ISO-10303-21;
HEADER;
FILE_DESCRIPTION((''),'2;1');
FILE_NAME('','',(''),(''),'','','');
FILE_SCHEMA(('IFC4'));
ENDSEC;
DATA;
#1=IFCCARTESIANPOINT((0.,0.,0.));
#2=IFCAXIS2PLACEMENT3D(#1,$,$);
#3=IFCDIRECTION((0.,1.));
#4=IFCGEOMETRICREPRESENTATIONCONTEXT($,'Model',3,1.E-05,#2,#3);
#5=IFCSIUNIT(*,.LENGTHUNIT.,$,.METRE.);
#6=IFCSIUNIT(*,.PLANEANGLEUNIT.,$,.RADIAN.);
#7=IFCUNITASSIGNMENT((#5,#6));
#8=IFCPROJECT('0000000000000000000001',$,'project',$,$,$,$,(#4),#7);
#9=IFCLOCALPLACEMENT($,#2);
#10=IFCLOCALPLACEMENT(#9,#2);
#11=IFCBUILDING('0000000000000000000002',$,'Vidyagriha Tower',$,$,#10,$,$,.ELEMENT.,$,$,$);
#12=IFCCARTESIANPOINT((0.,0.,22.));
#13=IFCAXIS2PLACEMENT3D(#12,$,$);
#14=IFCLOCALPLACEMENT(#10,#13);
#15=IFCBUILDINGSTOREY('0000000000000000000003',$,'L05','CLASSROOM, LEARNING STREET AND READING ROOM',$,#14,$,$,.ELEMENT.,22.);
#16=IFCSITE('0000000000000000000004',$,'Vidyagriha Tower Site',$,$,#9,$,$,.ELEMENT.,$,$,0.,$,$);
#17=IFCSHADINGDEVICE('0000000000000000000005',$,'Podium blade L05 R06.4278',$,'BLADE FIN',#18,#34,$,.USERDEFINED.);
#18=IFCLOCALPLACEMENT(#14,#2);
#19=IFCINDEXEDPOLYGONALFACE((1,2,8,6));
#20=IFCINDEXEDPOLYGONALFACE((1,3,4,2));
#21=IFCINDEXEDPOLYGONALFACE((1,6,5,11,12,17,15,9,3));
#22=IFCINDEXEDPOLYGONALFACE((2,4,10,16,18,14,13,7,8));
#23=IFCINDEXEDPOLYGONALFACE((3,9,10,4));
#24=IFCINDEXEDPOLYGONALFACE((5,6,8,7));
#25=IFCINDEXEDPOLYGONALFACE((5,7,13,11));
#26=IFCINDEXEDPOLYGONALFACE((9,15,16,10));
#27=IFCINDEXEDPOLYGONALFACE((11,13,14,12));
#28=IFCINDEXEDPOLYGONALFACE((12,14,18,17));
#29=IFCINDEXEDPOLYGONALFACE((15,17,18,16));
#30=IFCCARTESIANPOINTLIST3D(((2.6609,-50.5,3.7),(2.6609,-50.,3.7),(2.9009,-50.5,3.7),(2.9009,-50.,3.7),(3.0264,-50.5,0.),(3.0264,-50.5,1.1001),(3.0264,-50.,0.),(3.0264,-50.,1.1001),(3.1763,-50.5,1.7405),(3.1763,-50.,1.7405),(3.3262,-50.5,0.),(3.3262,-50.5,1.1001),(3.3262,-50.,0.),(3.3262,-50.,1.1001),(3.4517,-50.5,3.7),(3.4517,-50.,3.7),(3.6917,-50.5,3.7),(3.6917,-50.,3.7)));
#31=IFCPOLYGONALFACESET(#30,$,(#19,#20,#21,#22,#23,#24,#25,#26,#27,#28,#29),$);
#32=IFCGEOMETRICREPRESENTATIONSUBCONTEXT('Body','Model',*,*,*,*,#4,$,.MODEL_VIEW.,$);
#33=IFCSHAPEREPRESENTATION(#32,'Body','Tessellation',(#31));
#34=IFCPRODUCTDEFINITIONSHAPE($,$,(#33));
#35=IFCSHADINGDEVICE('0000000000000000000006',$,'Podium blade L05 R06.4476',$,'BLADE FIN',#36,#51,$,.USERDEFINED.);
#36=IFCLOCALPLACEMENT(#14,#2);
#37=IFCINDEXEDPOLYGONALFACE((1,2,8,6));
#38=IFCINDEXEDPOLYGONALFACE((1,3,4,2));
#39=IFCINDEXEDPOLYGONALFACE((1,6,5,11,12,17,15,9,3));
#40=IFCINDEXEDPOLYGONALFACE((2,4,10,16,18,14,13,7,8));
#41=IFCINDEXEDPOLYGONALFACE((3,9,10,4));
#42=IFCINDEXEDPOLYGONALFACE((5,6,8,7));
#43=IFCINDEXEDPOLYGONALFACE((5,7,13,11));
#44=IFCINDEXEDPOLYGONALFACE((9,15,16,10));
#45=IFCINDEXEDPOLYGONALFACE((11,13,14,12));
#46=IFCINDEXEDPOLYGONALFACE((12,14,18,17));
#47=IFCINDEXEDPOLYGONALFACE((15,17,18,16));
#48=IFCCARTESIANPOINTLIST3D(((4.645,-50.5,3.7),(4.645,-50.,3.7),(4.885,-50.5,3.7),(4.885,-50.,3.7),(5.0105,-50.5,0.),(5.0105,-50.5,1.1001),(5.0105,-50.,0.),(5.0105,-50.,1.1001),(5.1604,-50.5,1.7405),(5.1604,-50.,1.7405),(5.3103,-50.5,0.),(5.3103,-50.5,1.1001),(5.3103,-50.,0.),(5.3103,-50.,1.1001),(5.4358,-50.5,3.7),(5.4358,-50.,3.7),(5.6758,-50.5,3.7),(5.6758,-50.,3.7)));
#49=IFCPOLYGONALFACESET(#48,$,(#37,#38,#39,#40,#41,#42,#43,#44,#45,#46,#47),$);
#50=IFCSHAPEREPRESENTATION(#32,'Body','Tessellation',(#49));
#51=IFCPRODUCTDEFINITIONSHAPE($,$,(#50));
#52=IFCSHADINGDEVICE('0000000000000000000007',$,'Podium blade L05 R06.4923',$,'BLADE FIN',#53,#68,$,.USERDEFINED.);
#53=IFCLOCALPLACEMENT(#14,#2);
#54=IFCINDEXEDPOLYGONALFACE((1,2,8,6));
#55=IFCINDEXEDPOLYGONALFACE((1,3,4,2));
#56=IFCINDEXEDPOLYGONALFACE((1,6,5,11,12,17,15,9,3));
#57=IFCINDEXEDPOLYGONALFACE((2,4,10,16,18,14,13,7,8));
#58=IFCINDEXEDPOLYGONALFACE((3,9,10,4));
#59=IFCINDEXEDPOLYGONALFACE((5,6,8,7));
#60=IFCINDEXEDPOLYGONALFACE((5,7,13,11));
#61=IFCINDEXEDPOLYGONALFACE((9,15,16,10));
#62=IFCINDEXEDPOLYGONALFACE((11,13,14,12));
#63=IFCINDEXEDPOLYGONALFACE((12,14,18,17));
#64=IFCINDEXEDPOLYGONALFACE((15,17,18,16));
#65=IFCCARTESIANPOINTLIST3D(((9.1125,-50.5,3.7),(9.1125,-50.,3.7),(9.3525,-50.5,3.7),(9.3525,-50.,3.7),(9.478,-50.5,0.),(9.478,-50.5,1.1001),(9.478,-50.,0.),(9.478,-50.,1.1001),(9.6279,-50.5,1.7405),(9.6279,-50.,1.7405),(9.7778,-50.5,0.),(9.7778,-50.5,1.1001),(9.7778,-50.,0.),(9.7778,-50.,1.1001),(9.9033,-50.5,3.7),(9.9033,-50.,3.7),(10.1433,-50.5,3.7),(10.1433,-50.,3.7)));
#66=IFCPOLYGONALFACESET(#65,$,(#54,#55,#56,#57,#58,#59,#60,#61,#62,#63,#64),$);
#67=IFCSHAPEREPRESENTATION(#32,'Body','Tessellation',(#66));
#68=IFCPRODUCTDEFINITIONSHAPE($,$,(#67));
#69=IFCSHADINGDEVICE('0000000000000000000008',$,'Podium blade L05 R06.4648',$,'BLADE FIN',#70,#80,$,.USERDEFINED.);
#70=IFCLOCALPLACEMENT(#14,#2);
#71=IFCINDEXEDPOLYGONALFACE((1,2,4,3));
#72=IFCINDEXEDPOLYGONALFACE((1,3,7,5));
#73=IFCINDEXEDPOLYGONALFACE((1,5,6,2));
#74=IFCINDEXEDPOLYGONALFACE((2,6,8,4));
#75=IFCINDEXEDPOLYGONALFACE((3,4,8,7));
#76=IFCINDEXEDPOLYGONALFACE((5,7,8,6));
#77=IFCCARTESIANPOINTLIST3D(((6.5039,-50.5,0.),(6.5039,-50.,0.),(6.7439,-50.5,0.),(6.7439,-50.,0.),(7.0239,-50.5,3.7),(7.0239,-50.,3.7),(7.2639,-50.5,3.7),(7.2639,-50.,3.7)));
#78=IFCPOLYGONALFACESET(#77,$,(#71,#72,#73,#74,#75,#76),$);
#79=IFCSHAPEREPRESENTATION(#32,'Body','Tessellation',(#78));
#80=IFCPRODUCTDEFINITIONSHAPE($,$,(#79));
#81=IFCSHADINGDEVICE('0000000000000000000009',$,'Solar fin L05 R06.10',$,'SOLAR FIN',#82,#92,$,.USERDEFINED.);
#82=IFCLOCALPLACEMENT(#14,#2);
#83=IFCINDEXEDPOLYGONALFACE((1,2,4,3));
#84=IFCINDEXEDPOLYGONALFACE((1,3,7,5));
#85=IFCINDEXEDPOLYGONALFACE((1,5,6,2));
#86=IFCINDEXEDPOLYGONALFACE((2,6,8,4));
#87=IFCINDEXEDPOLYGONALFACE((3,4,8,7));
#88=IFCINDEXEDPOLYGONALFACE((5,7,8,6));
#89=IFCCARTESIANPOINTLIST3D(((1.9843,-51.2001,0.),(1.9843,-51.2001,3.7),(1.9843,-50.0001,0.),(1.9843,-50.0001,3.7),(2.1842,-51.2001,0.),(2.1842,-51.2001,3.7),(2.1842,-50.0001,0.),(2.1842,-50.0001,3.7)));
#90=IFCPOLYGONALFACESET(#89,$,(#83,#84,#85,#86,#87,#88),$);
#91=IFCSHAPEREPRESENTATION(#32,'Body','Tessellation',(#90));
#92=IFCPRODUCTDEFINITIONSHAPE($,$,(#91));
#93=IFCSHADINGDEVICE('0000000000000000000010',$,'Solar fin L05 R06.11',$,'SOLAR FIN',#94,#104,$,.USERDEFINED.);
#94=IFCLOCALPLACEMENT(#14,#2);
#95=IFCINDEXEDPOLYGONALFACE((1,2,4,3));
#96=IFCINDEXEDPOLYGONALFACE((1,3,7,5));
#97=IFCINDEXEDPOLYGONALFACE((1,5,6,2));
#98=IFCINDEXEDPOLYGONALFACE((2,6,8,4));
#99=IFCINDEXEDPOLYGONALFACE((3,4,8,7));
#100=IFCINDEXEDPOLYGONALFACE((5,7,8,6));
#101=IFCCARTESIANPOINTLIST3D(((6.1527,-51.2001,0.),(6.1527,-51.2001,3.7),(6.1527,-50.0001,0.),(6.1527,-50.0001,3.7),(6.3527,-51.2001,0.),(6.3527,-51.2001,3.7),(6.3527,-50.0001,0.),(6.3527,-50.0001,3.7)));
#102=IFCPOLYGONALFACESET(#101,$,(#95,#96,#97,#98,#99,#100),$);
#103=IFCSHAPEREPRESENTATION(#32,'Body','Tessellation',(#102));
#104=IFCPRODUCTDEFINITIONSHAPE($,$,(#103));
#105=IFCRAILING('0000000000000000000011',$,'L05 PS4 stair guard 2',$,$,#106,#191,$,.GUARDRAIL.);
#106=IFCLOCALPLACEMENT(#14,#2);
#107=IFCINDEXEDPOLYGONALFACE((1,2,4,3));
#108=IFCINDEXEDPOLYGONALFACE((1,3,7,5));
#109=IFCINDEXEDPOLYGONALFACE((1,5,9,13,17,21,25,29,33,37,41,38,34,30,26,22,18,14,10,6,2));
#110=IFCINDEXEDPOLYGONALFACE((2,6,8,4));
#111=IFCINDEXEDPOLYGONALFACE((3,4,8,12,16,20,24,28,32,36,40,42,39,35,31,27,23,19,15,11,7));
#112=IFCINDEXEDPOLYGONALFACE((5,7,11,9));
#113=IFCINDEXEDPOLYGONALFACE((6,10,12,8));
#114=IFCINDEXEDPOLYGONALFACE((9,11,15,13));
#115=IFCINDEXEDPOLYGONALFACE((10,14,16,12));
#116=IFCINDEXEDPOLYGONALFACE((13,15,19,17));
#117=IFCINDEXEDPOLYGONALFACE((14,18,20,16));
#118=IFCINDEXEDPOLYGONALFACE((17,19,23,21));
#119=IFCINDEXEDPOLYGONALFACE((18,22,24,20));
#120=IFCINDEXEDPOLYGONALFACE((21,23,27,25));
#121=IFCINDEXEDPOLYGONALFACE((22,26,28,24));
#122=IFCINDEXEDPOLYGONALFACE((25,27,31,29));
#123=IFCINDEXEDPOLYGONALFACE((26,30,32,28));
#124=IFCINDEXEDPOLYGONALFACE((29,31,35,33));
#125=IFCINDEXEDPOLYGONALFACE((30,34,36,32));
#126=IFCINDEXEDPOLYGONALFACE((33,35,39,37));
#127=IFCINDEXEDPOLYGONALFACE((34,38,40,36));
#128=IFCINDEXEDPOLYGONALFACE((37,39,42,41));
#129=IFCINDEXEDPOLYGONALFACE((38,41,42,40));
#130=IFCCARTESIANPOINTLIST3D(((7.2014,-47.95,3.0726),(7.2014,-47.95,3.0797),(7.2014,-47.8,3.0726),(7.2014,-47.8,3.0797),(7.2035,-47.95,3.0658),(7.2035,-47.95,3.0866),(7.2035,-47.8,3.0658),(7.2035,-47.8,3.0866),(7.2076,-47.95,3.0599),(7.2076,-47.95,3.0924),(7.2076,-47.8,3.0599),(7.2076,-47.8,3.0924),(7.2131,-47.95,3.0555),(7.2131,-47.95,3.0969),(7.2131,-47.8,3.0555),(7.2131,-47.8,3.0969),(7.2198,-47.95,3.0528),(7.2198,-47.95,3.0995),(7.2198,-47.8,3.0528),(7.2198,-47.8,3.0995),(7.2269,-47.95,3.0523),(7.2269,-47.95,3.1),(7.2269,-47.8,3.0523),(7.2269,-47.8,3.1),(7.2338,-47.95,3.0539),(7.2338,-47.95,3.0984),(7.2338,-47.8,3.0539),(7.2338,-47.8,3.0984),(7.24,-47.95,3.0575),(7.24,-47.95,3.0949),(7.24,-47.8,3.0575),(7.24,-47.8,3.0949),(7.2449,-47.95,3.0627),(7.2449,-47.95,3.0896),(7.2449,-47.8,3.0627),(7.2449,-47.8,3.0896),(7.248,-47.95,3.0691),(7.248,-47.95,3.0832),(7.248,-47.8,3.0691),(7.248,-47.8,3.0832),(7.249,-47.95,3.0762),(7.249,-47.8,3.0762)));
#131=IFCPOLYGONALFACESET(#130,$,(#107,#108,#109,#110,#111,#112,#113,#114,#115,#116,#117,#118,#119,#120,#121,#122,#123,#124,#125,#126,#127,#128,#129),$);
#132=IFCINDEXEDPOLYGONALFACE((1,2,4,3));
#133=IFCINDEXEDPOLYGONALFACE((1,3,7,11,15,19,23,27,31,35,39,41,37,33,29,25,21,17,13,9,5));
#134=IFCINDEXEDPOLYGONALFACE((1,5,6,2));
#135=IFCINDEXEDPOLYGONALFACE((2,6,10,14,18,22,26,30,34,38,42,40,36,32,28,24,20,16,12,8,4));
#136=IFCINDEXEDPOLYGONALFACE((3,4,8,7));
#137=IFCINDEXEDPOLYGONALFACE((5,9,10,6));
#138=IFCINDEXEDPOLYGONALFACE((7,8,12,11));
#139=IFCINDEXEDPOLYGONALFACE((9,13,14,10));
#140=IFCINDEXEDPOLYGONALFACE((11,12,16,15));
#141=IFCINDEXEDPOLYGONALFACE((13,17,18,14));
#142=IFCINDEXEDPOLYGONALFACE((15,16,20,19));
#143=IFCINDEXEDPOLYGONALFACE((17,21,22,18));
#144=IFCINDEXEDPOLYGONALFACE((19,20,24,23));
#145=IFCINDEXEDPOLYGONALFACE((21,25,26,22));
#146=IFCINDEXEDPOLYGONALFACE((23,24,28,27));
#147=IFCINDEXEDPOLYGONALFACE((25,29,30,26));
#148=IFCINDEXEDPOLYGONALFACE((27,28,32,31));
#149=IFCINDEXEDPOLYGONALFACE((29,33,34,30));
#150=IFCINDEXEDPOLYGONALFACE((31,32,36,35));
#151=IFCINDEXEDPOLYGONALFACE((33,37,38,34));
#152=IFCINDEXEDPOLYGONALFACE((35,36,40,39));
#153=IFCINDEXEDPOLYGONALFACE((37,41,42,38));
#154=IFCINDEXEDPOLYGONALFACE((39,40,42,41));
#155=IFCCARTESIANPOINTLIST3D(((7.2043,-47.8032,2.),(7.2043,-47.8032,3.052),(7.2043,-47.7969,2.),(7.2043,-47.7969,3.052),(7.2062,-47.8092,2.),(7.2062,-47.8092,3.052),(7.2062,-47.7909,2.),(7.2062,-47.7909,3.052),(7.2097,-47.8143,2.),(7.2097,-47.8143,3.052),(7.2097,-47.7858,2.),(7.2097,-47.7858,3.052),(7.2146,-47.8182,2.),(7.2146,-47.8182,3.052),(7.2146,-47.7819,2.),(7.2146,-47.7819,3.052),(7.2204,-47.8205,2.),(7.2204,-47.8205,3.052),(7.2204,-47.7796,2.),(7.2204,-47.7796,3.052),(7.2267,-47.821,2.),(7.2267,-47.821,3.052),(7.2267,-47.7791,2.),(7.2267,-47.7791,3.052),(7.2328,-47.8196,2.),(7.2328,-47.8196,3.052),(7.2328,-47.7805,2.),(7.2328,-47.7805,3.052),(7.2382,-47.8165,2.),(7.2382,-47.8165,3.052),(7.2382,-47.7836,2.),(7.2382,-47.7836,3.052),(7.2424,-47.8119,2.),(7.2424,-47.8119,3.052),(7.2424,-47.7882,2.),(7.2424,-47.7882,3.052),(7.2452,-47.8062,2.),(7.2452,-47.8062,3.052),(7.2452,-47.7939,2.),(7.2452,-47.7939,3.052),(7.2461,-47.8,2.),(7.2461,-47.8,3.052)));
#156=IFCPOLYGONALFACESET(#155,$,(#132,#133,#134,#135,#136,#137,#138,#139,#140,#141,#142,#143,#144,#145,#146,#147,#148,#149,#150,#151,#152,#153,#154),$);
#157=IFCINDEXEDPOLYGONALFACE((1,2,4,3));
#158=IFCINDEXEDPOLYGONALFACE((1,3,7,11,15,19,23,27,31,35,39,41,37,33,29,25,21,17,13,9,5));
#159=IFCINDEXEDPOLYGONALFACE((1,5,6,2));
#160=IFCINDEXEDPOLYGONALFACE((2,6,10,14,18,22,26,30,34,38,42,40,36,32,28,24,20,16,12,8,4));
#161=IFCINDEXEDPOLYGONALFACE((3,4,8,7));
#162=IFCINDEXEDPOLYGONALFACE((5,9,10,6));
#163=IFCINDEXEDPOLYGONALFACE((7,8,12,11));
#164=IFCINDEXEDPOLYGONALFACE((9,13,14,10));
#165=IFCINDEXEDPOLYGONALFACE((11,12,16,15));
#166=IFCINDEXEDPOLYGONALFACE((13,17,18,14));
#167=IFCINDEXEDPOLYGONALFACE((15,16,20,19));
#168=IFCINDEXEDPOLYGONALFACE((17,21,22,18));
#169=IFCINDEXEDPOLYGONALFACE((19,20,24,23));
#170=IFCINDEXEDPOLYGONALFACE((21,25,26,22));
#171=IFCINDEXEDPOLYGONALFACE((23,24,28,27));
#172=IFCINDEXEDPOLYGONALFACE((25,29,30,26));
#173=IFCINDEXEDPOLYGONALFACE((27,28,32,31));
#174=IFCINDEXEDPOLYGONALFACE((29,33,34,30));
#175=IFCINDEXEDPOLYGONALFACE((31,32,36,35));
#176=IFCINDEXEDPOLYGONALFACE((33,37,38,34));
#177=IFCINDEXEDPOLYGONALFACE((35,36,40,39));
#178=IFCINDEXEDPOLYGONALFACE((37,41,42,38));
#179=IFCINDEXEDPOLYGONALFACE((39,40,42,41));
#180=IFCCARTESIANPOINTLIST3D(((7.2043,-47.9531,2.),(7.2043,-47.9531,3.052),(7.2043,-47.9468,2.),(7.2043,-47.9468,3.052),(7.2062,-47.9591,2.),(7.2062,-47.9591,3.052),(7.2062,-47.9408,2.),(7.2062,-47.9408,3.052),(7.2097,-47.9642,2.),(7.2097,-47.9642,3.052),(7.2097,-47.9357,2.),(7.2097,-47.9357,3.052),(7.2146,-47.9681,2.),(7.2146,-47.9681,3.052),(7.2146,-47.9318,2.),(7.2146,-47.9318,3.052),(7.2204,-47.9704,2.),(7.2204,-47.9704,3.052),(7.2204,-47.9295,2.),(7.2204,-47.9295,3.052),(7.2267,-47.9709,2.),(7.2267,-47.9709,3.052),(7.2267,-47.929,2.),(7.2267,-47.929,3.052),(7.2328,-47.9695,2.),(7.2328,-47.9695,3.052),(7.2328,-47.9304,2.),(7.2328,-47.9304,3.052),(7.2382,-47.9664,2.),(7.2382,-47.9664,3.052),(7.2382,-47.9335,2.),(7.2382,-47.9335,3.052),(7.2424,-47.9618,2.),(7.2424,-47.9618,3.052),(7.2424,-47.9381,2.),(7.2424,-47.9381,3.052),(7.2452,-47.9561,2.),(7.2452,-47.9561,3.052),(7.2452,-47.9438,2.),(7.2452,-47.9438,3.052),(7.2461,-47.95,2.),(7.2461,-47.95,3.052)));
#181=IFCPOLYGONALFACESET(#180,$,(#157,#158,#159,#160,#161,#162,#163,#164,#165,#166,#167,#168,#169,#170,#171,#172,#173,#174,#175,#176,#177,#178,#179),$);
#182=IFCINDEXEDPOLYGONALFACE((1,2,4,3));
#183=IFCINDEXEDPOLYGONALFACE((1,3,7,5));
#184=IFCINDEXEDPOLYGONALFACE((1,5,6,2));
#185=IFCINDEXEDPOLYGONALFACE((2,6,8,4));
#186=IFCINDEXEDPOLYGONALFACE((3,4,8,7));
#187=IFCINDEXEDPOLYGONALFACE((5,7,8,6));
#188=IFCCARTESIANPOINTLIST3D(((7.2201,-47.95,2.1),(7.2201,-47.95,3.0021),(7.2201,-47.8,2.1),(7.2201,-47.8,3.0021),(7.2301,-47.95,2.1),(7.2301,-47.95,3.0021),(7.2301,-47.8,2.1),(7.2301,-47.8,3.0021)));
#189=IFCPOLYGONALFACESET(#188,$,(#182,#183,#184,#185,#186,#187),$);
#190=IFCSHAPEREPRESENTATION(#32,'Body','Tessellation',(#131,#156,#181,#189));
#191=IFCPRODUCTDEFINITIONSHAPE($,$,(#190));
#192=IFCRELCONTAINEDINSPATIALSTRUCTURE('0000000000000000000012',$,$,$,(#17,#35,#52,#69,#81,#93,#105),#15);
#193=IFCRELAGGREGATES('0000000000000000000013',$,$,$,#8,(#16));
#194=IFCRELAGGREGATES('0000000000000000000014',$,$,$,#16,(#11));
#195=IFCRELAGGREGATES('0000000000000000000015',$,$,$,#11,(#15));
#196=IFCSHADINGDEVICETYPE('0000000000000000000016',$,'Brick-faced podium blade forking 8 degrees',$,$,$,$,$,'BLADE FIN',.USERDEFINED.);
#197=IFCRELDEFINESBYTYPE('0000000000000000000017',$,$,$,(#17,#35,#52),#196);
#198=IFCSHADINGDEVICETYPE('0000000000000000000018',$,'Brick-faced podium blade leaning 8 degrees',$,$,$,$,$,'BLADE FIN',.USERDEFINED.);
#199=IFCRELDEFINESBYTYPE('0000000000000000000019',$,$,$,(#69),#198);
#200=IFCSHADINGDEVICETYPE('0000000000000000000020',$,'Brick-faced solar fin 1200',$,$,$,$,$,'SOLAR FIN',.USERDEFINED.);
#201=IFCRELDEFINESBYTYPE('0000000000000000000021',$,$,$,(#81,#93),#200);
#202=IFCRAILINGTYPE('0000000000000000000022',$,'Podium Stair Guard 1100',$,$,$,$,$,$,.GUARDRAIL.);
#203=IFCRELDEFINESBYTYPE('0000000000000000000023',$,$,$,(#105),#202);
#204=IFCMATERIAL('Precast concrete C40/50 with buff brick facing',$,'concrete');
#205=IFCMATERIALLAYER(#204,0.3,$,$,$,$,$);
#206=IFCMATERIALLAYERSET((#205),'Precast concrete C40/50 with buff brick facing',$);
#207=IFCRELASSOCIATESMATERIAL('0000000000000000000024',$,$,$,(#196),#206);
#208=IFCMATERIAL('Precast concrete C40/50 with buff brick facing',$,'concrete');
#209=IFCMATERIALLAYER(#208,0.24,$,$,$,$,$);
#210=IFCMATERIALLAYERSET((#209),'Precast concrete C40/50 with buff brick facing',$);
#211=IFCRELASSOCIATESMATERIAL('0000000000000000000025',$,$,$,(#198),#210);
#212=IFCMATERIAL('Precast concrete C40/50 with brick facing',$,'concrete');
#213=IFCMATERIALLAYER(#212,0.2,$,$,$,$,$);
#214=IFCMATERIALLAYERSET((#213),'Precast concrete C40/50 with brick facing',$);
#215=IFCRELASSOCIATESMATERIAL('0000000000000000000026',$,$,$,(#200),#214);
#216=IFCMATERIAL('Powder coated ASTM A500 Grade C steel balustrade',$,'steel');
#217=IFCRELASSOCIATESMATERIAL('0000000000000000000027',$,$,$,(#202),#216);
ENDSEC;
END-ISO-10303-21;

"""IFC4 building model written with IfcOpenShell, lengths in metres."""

from ifc_helpers import new_model, si_unit, direction, frame, frame_2d, origin, origin_2d, place, context, subcontext, project, spatial, polyline, rectangle, circle, outline, extrude, material, layer, layer_set, type_object, element, save


model = new_model("IFC4")

# Units and contexts
model_context = context("Model", 3, precision=1e-05, world=origin(), true_north=direction((0.0, 1.0)))
body_context = subcontext(model_context, "Body", "Model", "MODEL_VIEW")
ifc_project = project(units=[si_unit("LENGTHUNIT", "METRE"), si_unit("PLANEANGLEUNIT", "RADIAN")], contexts=[model_context])

# Site, building, storey
site_placement = place(None, origin())
site = spatial("IfcSite", under=ifc_project, at=site_placement, Name="Vidyagriha Tower Site", CompositionType="ELEMENT", RefElevation=0.0)
building_placement = place(site_placement, origin())
building = spatial("IfcBuilding", under=site, at=building_placement, Name="Vidyagriha Tower", CompositionType="ELEMENT")
storey_placement = place(building_placement, frame((0.0, 0.0, 22.0)))
storey = spatial("IfcBuildingStorey", under=building, at=storey_placement, Name="L05", Description="CLASSROOM, LEARNING STREET AND READING ROOM", CompositionType="ELEMENT", Elevation=22.0)

# Shading devices
ifc_material_1 = material(Name="Precast concrete C40/50 with buff brick facing", Category="concrete")
ifc_layer_1 = layer(ifc_material_1, 0.3)
ifc_layer_set_1 = layer_set([ifc_layer_1], Name="Precast concrete C40/50 with buff brick facing")
shading_device_type_1 = type_object("IfcShadingDeviceType", Name="Brick-faced podium blade forking 8 degrees", ElementType="BLADE FIN", PredefinedType="USERDEFINED", material=ifc_layer_set_1)
for number, where, name in (
    (1, (2.6609, -50.25, 0.0), "Podium blade L05 R06.4278"),
    (2, (4.645, -50.25, 0.0), "Podium blade L05 R06.4476"),
    (3, (9.1125, -50.25, 0.0), "Podium blade L05 R06.4923"),
):
    element("IfcShadingDevice", number, at=place(storey_placement, frame(where)), inside=storey, type_object=shading_device_type_1, Name=name, ObjectType="BLADE FIN", PredefinedType="USERDEFINED", context=body_context, shape_type="SweptSolid", body=[
        extrude(outline(polyline([(0.6653, 0.0), (0.6653, 1.1001), (1.0308, 3.7), (0.7908, 3.7), (0.5154, 1.7405), (0.24, 3.7), (0.0, 3.7), (0.3655, 1.1001), (0.3655, 0.0), (0.6653, 0.0)])), frame((0.0, 0.25, 0.0), z_axis=(0.0, -1.0, 0.0), x_axis=(1.0, 0.0, 0.0)), (0.0, 0.0, 1.0), 0.5),
    ])
ifc_material_2 = material(Name="Precast concrete C40/50 with buff brick facing", Category="concrete")
ifc_layer_2 = layer(ifc_material_2, 0.24)
ifc_layer_set_2 = layer_set([ifc_layer_2], Name="Precast concrete C40/50 with buff brick facing")
shading_device_type_2 = type_object("IfcShadingDeviceType", Name="Brick-faced podium blade leaning 8 degrees", ElementType="BLADE FIN", PredefinedType="USERDEFINED", material=ifc_layer_set_2)
shading_device_1_placement = place(storey_placement, frame((6.5039, -50.25, 0.0)))
element("IfcShadingDevice", 4, at=shading_device_1_placement, inside=storey, type_object=shading_device_type_2, Name="Podium blade L05 R06.4648", ObjectType="BLADE FIN", PredefinedType="USERDEFINED", context=body_context, shape_type="SweptSolid", body=[
    extrude(outline(polyline([(0.0, 0.0), (0.24, 0.0), (0.76, 3.7), (0.52, 3.7), (0.0, 0.0)])), frame((0.0, 0.25, 0.0), z_axis=(0.0, -1.0, 0.0), x_axis=(1.0, 0.0, 0.0)), (0.0, 0.0, 1.0), 0.5),
])
ifc_material_3 = material(Name="Precast concrete C40/50 with brick facing", Category="concrete")
ifc_layer_3 = layer(ifc_material_3, 0.2)
ifc_layer_set_3 = layer_set([ifc_layer_3], Name="Precast concrete C40/50 with brick facing")
shading_device_type_3 = type_object("IfcShadingDeviceType", Name="Brick-faced solar fin 1200", ElementType="SOLAR FIN", PredefinedType="USERDEFINED", material=ifc_layer_set_3)
for number, where, z_axis, x_axis, name in (
    (5, (2.0842, -50.0, 0.0), (0.0, 0.0, 1.0), (0.0, -1.0, 0.0), "Solar fin L05 R06.10"),
    (6, (6.2527, -50.0, 0.0), (0.0, 0.0, 1.0), (0.0, -1.0, 0.0), "Solar fin L05 R06.11"),
):
    element("IfcShadingDevice", number, at=place(storey_placement, frame(where, z_axis=z_axis, x_axis=x_axis)), inside=storey, type_object=shading_device_type_3, Name=name, ObjectType="SOLAR FIN", PredefinedType="USERDEFINED", context=body_context, shape_type="SweptSolid", body=[
        extrude(rectangle(XDim=1.2, YDim=0.2, at=frame_2d((0.6001, 0.0))), origin(), (0.0, 0.0, 1.0), 3.7),
    ])

# Railing
ifc_material_4 = material(Name="Powder coated ASTM A500 Grade C steel balustrade", Category="steel")
railing_type_1 = type_object("IfcRailingType", Name="Podium Stair Guard 1100", PredefinedType="GUARDRAIL", material=ifc_material_4)
railing_1_placement = place(storey_placement, frame((7.2251, -47.8, 2.0)))
element("IfcRailing", 7, at=railing_1_placement, inside=storey, type_object=railing_type_1, Name="L05 PS4 stair guard 2", PredefinedType="GUARDRAIL", context=body_context, shape_type="SweptSolid", body=[
    extrude(circle(Radius=0.0239, at=origin_2d()), frame((0.0, 0.0, 1.0762), z_axis=(0.0, -1.0, 0.0), x_axis=(1.0, 0.0, 0.0)), (0.0, 0.0, 1.0), 0.1499),
    extrude(circle(Radius=0.021, at=origin_2d()), origin(), (0.0, 0.0, 1.0), 1.052),
    extrude(circle(Radius=0.021, at=origin_2d()), frame((0.0, -0.1499, 0.0)), (0.0, 0.0, 1.0), 1.052),
    extrude(rectangle(XDim=0.01, YDim=0.9021, at=origin_2d()), frame((0.0, 0.0, 0.551), z_axis=(0.0, -1.0, 0.0), x_axis=(1.0, 0.0, 0.0)), (0.0, 0.0, 1.0), 0.1499),
])

save(model, "model.ifc")
